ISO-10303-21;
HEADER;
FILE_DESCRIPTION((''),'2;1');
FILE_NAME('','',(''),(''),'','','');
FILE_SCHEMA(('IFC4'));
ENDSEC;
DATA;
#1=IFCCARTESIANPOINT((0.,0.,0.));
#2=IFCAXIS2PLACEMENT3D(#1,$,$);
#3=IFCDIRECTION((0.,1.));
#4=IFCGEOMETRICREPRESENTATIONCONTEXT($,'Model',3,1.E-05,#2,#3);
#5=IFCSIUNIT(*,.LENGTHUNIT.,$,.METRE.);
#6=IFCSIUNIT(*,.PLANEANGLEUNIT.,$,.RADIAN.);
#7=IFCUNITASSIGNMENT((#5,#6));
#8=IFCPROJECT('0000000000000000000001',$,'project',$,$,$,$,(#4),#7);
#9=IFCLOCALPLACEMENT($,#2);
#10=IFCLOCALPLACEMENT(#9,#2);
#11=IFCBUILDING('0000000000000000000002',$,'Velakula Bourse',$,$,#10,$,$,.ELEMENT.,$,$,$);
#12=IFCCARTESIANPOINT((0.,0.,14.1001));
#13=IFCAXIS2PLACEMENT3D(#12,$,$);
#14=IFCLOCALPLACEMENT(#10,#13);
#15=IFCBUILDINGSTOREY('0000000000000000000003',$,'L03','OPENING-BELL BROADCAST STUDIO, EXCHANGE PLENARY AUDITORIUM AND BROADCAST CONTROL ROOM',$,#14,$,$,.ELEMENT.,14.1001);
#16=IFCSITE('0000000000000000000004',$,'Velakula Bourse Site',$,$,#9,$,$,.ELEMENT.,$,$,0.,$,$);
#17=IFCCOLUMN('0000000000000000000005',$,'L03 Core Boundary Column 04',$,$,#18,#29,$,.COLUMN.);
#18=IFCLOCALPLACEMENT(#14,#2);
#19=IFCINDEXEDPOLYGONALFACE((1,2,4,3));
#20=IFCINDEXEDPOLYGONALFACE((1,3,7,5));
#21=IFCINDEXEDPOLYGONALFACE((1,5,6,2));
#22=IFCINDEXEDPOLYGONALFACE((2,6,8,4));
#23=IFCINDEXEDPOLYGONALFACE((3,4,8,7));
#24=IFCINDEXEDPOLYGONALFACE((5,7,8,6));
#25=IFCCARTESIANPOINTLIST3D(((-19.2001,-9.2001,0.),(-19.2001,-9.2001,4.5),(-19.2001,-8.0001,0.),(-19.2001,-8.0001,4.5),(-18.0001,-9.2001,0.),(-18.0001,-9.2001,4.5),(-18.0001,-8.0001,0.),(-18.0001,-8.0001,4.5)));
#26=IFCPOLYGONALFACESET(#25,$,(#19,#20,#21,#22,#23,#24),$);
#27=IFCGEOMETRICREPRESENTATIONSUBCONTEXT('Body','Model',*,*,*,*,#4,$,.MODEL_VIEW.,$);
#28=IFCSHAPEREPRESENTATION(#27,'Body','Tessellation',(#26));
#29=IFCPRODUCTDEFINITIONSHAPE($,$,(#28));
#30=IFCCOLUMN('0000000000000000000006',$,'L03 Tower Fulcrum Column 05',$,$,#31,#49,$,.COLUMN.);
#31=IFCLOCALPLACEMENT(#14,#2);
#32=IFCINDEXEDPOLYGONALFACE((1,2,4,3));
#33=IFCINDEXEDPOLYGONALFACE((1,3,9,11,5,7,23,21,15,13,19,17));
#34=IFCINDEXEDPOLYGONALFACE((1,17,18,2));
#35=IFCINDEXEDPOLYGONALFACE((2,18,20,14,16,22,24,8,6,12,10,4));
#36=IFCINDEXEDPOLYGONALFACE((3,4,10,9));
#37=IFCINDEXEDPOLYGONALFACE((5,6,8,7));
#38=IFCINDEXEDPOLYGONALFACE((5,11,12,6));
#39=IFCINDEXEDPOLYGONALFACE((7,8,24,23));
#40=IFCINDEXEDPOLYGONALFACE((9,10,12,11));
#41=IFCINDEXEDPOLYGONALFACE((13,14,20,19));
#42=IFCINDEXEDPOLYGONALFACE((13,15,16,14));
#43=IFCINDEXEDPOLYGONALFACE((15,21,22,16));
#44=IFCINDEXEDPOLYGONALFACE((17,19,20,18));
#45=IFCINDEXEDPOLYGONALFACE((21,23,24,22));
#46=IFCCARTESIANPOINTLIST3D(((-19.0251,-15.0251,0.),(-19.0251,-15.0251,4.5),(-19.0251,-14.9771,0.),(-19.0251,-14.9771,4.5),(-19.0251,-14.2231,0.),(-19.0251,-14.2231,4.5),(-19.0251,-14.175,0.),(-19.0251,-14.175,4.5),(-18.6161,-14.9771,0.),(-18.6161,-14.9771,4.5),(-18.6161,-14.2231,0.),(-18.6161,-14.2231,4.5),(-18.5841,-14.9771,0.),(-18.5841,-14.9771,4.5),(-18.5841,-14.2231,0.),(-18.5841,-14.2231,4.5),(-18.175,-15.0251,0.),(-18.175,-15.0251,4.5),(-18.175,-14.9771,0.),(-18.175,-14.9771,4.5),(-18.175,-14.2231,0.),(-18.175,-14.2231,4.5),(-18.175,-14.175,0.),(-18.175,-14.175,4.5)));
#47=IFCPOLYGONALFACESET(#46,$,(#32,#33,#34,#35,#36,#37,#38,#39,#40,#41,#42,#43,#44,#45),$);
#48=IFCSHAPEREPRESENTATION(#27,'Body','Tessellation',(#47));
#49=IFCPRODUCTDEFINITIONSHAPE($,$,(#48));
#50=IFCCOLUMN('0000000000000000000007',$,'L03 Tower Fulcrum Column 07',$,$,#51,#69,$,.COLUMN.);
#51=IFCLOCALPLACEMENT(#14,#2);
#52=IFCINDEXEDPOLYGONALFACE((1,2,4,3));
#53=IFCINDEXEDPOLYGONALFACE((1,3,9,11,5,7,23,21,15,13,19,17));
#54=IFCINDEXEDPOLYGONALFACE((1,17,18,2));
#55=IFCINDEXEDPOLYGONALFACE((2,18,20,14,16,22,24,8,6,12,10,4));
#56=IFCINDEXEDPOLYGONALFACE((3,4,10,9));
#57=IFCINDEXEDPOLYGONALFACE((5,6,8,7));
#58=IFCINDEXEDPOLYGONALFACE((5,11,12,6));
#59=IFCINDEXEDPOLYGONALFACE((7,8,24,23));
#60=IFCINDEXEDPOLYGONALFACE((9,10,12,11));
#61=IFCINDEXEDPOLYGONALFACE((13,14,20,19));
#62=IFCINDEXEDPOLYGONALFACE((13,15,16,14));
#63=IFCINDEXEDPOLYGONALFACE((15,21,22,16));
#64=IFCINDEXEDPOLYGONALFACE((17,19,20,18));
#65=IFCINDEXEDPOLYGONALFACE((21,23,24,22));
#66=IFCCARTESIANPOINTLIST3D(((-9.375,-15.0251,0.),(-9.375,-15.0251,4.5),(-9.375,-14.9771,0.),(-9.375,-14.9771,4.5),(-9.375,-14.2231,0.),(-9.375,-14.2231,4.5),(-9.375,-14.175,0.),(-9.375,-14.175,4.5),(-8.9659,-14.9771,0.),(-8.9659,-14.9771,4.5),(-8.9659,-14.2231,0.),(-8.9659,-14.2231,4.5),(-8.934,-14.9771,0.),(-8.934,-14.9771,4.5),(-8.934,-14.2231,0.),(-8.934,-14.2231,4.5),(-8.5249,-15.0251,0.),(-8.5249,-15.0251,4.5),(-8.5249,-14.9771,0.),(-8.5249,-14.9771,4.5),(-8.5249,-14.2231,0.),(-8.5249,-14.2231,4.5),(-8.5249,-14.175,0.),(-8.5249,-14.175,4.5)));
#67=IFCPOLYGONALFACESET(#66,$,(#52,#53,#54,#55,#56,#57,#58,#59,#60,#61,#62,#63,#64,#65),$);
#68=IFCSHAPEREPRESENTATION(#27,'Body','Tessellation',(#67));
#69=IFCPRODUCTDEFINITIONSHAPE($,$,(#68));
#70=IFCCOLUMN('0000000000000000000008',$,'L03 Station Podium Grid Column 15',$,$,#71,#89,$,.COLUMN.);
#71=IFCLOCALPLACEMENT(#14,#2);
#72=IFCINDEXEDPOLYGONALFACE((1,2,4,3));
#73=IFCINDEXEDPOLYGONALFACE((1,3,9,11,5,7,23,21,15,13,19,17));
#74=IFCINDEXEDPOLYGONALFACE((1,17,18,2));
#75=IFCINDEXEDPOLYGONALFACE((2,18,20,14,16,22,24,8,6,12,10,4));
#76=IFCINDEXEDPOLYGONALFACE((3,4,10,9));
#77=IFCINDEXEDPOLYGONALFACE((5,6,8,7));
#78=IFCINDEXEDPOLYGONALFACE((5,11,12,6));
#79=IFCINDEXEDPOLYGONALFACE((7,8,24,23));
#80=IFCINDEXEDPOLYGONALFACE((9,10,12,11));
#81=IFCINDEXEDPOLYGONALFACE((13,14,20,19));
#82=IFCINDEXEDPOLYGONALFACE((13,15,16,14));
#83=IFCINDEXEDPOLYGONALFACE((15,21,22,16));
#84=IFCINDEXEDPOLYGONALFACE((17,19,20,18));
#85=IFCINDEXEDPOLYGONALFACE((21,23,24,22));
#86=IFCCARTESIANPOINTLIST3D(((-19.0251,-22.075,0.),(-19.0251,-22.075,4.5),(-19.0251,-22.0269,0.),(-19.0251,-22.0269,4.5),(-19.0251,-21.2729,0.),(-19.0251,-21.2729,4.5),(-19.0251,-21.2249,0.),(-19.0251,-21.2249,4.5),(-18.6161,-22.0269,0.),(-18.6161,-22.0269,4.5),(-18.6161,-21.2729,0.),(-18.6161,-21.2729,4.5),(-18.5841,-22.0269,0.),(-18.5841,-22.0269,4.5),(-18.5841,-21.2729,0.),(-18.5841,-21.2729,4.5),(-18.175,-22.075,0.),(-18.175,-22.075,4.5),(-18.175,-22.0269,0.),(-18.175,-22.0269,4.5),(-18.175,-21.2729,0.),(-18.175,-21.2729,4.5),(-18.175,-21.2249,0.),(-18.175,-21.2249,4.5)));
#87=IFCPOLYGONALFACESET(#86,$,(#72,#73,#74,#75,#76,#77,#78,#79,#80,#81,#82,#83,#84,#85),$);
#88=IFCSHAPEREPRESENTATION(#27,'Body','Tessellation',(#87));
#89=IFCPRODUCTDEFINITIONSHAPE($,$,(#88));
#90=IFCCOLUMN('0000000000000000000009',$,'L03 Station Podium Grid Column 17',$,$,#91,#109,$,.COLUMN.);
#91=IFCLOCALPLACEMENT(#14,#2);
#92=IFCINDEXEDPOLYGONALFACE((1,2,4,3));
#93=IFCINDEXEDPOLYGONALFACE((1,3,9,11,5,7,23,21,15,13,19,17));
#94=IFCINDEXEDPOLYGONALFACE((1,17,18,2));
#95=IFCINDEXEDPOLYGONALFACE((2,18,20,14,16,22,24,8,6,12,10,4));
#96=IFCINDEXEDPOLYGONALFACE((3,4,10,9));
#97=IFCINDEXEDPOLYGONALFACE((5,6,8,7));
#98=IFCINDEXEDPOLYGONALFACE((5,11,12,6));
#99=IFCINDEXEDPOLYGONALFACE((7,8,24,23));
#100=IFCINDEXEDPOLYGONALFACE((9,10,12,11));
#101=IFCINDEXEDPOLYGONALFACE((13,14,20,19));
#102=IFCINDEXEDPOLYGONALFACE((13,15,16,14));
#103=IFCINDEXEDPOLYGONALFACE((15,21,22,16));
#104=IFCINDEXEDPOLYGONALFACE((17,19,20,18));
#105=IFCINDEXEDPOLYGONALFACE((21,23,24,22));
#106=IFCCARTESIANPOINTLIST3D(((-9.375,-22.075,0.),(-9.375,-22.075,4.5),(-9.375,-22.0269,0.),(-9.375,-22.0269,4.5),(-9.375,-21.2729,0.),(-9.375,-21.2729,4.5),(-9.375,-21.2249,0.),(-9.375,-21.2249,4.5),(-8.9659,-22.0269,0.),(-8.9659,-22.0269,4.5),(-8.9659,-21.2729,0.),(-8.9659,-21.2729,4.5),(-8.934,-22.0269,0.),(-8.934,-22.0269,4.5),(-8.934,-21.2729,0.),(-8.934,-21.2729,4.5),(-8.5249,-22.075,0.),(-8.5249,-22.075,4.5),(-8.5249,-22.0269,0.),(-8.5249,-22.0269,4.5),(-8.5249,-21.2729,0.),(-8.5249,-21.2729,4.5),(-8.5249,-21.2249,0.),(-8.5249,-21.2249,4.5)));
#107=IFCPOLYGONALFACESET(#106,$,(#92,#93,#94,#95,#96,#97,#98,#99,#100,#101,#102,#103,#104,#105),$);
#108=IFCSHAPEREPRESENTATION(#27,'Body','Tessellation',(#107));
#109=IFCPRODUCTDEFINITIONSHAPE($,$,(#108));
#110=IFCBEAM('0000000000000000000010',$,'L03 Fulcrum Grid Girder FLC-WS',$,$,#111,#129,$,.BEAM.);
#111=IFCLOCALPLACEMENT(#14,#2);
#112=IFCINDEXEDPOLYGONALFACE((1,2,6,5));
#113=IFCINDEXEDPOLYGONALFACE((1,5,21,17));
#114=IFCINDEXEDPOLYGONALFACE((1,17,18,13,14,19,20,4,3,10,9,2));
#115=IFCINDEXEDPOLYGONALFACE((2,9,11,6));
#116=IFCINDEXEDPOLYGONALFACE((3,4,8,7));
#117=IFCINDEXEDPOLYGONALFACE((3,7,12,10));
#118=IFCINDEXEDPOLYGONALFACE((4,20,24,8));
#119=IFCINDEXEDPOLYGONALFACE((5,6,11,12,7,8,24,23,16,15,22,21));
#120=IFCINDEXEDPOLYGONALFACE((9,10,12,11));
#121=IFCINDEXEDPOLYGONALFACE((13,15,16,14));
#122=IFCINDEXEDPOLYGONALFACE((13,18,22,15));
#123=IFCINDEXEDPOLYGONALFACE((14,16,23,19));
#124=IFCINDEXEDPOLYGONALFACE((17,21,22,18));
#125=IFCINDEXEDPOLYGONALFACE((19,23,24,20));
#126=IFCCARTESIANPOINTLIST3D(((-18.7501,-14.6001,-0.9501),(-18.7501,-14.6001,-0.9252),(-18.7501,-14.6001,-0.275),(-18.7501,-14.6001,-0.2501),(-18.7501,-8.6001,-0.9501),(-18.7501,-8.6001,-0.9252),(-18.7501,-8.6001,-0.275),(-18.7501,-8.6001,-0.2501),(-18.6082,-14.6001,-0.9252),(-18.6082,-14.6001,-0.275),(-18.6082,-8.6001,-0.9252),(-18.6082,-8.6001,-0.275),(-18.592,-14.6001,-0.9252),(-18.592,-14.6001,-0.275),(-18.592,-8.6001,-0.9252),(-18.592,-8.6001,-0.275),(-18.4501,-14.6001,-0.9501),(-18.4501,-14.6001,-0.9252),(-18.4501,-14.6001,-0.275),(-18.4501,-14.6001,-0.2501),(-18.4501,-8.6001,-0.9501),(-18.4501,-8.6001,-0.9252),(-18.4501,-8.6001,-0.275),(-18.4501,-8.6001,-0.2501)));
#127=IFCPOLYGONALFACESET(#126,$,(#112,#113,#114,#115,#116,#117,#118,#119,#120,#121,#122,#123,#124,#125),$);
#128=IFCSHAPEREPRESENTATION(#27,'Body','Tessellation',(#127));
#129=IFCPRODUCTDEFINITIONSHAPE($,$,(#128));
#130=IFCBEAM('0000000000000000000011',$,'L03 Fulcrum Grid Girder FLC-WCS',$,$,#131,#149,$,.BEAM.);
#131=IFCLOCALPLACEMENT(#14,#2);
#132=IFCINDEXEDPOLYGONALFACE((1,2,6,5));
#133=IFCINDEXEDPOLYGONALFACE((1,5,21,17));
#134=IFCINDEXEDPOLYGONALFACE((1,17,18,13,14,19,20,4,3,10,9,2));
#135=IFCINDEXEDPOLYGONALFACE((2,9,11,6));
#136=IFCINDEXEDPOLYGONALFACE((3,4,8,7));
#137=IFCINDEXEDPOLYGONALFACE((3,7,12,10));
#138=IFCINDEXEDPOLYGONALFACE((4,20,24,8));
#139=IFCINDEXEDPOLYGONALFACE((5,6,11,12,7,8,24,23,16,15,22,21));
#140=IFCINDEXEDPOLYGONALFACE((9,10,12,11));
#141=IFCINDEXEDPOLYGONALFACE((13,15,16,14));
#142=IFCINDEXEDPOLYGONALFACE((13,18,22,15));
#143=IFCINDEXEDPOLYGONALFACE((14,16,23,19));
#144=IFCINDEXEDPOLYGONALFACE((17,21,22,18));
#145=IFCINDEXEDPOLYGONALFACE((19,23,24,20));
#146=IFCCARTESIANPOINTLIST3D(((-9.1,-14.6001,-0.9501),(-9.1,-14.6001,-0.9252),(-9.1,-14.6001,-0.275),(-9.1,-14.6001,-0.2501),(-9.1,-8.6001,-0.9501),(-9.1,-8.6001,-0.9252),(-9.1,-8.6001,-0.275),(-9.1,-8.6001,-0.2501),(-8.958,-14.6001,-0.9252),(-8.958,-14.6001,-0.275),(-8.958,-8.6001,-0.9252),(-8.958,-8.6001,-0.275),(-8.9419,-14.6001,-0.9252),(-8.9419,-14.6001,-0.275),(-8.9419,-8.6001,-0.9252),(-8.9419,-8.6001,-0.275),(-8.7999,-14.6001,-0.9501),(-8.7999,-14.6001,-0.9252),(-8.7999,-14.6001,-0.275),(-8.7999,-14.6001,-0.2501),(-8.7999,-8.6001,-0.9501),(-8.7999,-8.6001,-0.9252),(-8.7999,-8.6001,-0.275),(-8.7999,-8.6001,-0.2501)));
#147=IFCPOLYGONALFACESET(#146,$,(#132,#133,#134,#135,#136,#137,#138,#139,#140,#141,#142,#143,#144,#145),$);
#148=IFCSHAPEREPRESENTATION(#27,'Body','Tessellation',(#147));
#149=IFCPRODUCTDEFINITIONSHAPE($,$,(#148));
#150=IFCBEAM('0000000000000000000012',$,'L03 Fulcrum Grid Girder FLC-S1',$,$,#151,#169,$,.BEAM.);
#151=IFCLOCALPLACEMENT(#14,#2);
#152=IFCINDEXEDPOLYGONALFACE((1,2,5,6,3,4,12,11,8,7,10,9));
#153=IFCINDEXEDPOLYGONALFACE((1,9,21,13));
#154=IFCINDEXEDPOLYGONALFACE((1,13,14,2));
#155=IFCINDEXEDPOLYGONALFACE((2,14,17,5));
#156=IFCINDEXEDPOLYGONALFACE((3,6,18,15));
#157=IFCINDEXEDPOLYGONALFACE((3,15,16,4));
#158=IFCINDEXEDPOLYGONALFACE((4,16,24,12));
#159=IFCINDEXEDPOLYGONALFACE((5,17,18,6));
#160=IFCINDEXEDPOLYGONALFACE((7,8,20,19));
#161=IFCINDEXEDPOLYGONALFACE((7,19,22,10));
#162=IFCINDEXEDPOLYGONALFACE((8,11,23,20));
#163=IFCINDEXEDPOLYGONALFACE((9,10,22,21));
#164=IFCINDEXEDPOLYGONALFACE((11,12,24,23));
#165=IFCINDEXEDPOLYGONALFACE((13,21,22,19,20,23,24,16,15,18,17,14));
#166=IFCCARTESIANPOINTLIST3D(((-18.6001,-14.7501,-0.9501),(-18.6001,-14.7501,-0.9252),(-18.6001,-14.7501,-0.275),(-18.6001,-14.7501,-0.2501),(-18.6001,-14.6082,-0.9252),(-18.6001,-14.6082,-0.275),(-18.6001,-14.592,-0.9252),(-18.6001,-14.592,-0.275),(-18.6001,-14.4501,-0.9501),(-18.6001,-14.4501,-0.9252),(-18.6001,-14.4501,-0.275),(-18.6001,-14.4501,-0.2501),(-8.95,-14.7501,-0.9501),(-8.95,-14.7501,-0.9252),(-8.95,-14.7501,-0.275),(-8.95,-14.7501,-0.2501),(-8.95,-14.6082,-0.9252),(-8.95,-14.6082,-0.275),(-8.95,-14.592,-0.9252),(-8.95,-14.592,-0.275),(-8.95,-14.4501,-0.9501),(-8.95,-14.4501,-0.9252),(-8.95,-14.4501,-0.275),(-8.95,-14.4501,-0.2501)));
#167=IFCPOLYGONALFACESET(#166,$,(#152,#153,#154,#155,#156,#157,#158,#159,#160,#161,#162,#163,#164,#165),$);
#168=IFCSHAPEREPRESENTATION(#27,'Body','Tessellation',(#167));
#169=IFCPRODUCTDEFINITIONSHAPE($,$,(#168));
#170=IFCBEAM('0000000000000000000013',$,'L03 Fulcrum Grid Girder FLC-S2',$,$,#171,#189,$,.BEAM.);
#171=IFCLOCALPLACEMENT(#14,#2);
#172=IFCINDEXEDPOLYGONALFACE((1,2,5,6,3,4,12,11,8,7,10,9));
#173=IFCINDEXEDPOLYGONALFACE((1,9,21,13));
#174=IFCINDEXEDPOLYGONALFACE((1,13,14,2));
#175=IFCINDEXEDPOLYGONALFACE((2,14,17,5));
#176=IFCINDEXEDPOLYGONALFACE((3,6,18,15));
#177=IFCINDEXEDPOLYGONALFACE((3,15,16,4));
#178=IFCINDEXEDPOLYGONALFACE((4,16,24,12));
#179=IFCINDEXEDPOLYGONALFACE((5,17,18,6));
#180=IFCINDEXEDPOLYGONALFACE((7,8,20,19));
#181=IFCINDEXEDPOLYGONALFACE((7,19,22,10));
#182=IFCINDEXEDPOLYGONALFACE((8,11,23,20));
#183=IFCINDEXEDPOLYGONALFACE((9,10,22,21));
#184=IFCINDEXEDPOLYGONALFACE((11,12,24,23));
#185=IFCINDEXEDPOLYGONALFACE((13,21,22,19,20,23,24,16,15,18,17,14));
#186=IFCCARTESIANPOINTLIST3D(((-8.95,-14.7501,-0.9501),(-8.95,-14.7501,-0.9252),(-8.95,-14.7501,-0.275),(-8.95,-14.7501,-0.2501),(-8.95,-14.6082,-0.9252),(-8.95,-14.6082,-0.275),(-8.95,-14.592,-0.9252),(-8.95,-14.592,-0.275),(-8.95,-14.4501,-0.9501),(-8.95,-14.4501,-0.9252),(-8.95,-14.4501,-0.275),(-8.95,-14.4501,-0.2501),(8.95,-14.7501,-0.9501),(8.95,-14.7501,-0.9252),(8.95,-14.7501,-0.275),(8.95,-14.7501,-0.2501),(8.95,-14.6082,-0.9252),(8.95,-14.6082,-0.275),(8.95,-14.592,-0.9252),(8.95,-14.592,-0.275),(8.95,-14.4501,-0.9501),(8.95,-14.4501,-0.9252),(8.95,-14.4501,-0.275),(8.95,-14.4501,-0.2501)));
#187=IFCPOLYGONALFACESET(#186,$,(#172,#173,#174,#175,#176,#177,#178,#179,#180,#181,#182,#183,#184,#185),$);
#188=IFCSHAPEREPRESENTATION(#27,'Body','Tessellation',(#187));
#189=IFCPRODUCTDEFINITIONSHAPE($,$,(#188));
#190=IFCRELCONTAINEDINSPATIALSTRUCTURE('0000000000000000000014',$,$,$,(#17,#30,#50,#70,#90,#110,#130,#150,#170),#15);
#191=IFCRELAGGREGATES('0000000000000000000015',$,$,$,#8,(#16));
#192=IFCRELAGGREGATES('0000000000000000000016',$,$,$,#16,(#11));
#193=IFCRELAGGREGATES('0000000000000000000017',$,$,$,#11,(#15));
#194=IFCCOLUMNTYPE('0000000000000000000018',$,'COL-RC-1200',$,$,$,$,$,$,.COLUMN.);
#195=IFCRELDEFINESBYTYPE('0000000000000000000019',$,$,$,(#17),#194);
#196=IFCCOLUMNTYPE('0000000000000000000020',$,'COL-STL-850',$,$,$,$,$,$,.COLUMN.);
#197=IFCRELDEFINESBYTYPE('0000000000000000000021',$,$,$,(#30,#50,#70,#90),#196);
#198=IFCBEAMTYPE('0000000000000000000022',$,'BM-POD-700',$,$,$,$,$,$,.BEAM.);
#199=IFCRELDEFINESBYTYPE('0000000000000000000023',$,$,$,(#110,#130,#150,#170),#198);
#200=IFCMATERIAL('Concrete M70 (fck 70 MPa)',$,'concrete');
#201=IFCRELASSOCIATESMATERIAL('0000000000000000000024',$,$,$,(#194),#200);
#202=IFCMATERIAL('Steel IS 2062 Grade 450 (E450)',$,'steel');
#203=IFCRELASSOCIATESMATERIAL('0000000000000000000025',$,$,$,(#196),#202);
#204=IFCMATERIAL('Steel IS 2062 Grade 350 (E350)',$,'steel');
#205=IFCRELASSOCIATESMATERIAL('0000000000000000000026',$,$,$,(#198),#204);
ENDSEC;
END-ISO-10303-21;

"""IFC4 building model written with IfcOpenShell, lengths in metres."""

from ifc_helpers import new_model, si_unit, direction, frame, origin, origin_2d, place, context, subcontext, project, spatial, rectangle, i_section, extrude, material, material_profile, profile_set, type_object, element, save


model = new_model("IFC4")

# Units and contexts
model_context = context("Model", 3, precision=1e-05, world=origin(), true_north=direction((0.0, 1.0)))
body_context = subcontext(model_context, "Body", "Model", "MODEL_VIEW")
ifc_project = project(units=[si_unit("LENGTHUNIT", "METRE"), si_unit("PLANEANGLEUNIT", "RADIAN")], contexts=[model_context])

# Site, building, storey
site_placement = place(None, origin())
site = spatial("IfcSite", under=ifc_project, at=site_placement, Name="Velakula Bourse Site", CompositionType="ELEMENT", RefElevation=0.0)
building_placement = place(site_placement, origin())
building = spatial("IfcBuilding", under=site, at=building_placement, Name="Velakula Bourse", CompositionType="ELEMENT")
storey_placement = place(building_placement, frame((0.0, 0.0, 14.1001)))
storey = spatial("IfcBuildingStorey", under=building, at=storey_placement, Name="L03", Description="OPENING-BELL BROADCAST STUDIO, EXCHANGE PLENARY AUDITORIUM AND BROADCAST CONTROL ROOM", CompositionType="ELEMENT", Elevation=14.1001)

# Columns
ifc_material_1 = material(Name="Concrete M70 (fck 70 MPa)", Category="concrete")
ifc_material_profile_1 = material_profile(ifc_material_1, rectangle(XDim=1.2, YDim=1.2, at=origin_2d()), Name="Concrete M70 (fck 70 MPa)")
ifc_profile_set_1 = profile_set([ifc_material_profile_1], Name="Concrete M70 (fck 70 MPa)")
column_type_1 = type_object("IfcColumnType", Name="COL-RC-1200", PredefinedType="COLUMN", material=ifc_profile_set_1)
column_placement = place(storey_placement, frame((-18.6001, -8.6001, 0.0), z_axis=(0.0, 0.0, 1.0), x_axis=(1.0, 0.0, 0.0)))
element("IfcColumn", 1, at=column_placement, inside=storey, type_object=column_type_1, Name="L03 Core Boundary Column 04", PredefinedType="COLUMN", context=body_context, shape_type="SweptSolid", body=[
    extrude(rectangle(XDim=1.2, YDim=1.2, at=origin_2d()), origin(), (0.0, 0.0, 1.0), 4.5),
])
ifc_material_2 = material(Name="Steel IS 2062 Grade 450 (E450)", Category="steel")
ifc_material_profile_2 = material_profile(ifc_material_2, i_section(OverallWidth=0.8501, OverallDepth=0.8501, WebThickness=0.032, FlangeThickness=0.0481, at=origin_2d()), Name="Steel IS 2062 Grade 450 (E450)")
ifc_profile_set_2 = profile_set([ifc_material_profile_2], Name="Steel IS 2062 Grade 450 (E450)")
column_type_2 = type_object("IfcColumnType", Name="COL-STL-850", PredefinedType="COLUMN", material=ifc_profile_set_2)
for number, where, z_axis, x_axis, name in (
    (2, (-18.6001, -14.6001, 0.0), (0.0, 0.0, 1.0), (1.0, 0.0, 0.0), "L03 Tower Fulcrum Column 05"),
    (3, (-8.95, -14.6001, 0.0), (0.0, 0.0, 1.0), (1.0, 0.0, 0.0), "L03 Tower Fulcrum Column 07"),
    (4, (-18.6001, -21.6499, 0.0), (0.0, 0.0, 1.0), (1.0, 0.0, 0.0), "L03 Station Podium Grid Column 15"),
    (5, (-8.95, -21.6499, 0.0), (0.0, 0.0, 1.0), (1.0, 0.0, 0.0), "L03 Station Podium Grid Column 17"),
):
    element("IfcColumn", number, at=place(storey_placement, frame(where, z_axis=z_axis, x_axis=x_axis)), inside=storey, type_object=column_type_2, Name=name, PredefinedType="COLUMN", context=body_context, shape_type="SweptSolid", body=[
        extrude(i_section(OverallWidth=0.8501, OverallDepth=0.8501, WebThickness=0.032, FlangeThickness=0.0481, at=origin_2d()), origin(), (0.0, 0.0, 1.0), 4.5),
    ])

# Beams
ifc_material_3 = material(Name="Steel IS 2062 Grade 350 (E350)", Category="steel")
ifc_material_profile_3 = material_profile(ifc_material_3, i_section(OverallWidth=0.3, OverallDepth=0.7, WebThickness=0.0161, FlangeThickness=0.0249, at=origin_2d()), Name="Steel IS 2062 Grade 350 (E350)")
ifc_profile_set_3 = profile_set([ifc_material_profile_3], Name="Steel IS 2062 Grade 350 (E350)")
beam_type_1 = type_object("IfcBeamType", Name="BM-POD-700", PredefinedType="BEAM", material=ifc_profile_set_3)
for number, where, z_axis, x_axis, name in (
    (6, (-18.6001, -14.6001, -0.6001), (0.0, 1.0, 0.0), (-1.0, 0.0, 0.0), "L03 Fulcrum Grid Girder FLC-WS"),
    (7, (-8.95, -14.6001, -0.6001), (0.0, 1.0, 0.0), (-1.0, 0.0, 0.0), "L03 Fulcrum Grid Girder FLC-WCS"),
):
    element("IfcBeam", number, at=place(storey_placement, frame(where, z_axis=z_axis, x_axis=x_axis)), inside=storey, type_object=beam_type_1, Name=name, PredefinedType="BEAM", context=body_context, shape_type="SweptSolid", body=[
        extrude(i_section(OverallWidth=0.3, OverallDepth=0.7, WebThickness=0.0161, FlangeThickness=0.0249, at=origin_2d()), origin(), (0.0, 0.0, 1.0), 6.0),
    ])
beam_1_placement = place(storey_placement, frame((-18.6001, -14.6001, -0.6001), z_axis=(1.0, 0.0, 0.0), x_axis=(0.0, 1.0, 0.0)))
element("IfcBeam", 8, at=beam_1_placement, inside=storey, type_object=beam_type_1, Name="L03 Fulcrum Grid Girder FLC-S1", PredefinedType="BEAM", context=body_context, shape_type="SweptSolid", body=[
    extrude(i_section(OverallWidth=0.3, OverallDepth=0.7, WebThickness=0.0161, FlangeThickness=0.0249, at=origin_2d()), origin(), (0.0, 0.0, 1.0), 9.6501),
])
beam_2_placement = place(storey_placement, frame((-8.95, -14.6001, -0.6001), z_axis=(1.0, 0.0, 0.0), x_axis=(0.0, 1.0, 0.0)))
element("IfcBeam", 9, at=beam_2_placement, inside=storey, type_object=beam_type_1, Name="L03 Fulcrum Grid Girder FLC-S2", PredefinedType="BEAM", context=body_context, shape_type="SweptSolid", body=[
    extrude(i_section(OverallWidth=0.3, OverallDepth=0.7, WebThickness=0.0161, FlangeThickness=0.0249, at=origin_2d()), origin(), (0.0, 0.0, 1.0), 17.8999),
])

save(model, "model.ifc")
